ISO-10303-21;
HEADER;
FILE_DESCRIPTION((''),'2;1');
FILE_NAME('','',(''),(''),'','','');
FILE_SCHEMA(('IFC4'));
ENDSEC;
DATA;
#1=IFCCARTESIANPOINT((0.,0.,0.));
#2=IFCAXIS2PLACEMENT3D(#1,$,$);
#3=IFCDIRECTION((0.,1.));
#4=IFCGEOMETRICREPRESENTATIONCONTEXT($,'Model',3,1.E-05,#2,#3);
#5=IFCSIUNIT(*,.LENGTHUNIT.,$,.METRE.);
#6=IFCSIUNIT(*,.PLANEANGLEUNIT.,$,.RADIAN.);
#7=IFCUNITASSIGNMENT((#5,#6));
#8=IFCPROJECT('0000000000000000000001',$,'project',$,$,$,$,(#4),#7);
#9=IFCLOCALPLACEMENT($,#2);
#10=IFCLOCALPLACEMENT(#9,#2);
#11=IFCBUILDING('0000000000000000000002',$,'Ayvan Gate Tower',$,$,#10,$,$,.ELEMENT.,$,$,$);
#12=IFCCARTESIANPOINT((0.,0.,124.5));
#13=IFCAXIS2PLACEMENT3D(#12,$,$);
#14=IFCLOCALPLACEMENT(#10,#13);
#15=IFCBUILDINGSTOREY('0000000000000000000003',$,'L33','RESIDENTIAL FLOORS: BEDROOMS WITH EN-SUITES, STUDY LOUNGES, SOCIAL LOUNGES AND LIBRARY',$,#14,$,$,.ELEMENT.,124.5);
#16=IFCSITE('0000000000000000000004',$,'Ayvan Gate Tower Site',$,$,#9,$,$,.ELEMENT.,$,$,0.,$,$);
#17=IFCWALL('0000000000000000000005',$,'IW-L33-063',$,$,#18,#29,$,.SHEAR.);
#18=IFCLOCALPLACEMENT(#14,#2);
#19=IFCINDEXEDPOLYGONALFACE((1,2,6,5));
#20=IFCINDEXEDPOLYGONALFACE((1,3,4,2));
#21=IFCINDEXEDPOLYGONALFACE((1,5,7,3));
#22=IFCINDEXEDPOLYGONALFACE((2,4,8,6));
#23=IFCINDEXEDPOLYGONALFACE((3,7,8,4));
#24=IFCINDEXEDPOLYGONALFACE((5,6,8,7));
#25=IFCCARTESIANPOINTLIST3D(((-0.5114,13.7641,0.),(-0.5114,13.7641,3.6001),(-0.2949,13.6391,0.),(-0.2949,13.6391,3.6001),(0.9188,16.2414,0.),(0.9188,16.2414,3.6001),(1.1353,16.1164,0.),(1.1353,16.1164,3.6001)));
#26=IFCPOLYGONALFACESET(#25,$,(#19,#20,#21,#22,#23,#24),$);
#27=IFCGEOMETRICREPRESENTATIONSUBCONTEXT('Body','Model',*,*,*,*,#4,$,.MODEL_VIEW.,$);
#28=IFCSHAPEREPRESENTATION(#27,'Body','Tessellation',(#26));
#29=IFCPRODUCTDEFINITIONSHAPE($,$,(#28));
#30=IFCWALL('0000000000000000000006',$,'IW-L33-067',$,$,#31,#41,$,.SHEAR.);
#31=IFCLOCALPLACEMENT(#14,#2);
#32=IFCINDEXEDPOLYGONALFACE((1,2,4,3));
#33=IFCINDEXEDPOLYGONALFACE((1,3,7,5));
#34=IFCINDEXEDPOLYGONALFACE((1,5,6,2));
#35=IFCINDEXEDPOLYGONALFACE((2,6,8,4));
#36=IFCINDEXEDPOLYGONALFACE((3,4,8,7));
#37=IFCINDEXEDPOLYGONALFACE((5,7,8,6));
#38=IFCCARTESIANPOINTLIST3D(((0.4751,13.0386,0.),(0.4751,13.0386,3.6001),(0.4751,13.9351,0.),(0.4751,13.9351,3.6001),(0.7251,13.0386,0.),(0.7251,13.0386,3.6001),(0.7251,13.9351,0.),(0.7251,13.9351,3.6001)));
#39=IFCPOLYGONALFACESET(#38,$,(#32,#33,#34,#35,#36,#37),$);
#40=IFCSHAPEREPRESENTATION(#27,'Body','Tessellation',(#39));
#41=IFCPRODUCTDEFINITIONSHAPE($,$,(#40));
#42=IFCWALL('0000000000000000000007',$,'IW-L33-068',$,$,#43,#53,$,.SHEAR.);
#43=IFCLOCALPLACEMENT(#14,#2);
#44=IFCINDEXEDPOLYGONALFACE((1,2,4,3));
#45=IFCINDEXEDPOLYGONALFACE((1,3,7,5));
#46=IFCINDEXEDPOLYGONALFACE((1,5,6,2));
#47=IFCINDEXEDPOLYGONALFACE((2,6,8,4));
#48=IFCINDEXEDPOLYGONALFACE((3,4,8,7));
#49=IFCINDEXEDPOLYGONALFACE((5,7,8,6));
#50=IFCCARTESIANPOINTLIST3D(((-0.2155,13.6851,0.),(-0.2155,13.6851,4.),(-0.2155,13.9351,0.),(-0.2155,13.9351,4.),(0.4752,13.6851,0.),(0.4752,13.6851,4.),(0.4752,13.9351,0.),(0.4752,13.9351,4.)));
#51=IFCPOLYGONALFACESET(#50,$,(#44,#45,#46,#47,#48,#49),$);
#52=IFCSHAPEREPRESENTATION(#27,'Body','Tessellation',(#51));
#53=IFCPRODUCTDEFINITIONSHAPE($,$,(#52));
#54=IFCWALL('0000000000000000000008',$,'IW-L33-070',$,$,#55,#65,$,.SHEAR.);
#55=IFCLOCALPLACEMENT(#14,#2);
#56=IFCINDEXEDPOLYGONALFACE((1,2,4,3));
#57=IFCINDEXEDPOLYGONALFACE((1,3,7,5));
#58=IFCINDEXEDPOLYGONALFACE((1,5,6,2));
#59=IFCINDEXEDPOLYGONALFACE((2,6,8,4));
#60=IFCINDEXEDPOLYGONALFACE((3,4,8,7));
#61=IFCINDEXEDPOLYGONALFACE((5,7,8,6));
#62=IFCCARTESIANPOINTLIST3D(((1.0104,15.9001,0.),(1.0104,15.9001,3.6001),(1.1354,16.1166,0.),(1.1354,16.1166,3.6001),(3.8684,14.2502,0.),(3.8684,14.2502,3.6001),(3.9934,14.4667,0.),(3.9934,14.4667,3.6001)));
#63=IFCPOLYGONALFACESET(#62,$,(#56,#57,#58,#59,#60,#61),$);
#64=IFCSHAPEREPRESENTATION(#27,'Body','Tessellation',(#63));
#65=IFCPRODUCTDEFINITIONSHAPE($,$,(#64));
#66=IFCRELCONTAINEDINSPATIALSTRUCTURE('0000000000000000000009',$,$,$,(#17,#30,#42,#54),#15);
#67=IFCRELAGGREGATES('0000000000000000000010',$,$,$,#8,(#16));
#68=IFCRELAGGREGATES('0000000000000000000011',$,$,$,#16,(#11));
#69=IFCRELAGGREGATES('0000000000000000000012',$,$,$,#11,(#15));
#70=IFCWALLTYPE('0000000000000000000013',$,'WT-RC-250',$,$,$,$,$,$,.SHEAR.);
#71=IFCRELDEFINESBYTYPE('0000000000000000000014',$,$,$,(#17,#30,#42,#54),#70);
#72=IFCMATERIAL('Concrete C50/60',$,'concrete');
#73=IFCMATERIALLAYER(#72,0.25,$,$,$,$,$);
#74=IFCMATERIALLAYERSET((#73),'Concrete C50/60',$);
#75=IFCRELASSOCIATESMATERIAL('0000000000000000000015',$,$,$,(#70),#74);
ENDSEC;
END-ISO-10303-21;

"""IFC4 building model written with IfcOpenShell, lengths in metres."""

from ifc_helpers import new_model, si_unit, direction, frame, frame_2d, origin, place, context, subcontext, project, spatial, rectangle, extrude, material, layer, layer_set, type_object, element, save


model = new_model("IFC4")

# Units and contexts
model_context = context("Model", 3, precision=1e-05, world=origin(), true_north=direction((0.0, 1.0)))
body_context = subcontext(model_context, "Body", "Model", "MODEL_VIEW")
ifc_project = project(units=[si_unit("LENGTHUNIT", "METRE"), si_unit("PLANEANGLEUNIT", "RADIAN")], contexts=[model_context])

# Site, building, storey
site_placement = place(None, origin())
site = spatial("IfcSite", under=ifc_project, at=site_placement, Name="Ayvan Gate Tower Site", CompositionType="ELEMENT", RefElevation=0.0)
building_placement = place(site_placement, origin())
building = spatial("IfcBuilding", under=site, at=building_placement, Name="Ayvan Gate Tower", CompositionType="ELEMENT")
storey_placement = place(building_placement, frame((0.0, 0.0, 124.5)))
storey = spatial("IfcBuildingStorey", under=building, at=storey_placement, Name="L33", Description="RESIDENTIAL FLOORS: BEDROOMS WITH EN-SUITES, STUDY LOUNGES, SOCIAL LOUNGES AND LIBRARY", CompositionType="ELEMENT", Elevation=124.5)

# Walls
ifc_material_1 = material(Name="Concrete C50/60", Category="concrete")
ifc_layer_1 = layer(ifc_material_1, 0.25)
ifc_layer_set_1 = layer_set([ifc_layer_1], Name="Concrete C50/60")
wall_type_1 = type_object("IfcWallType", Name="WT-RC-250", PredefinedType="SHEAR", material=ifc_layer_set_1)
wall_1_placement = place(storey_placement, frame((-0.4031, 13.7017, 0.0), z_axis=(0.0, 0.0, 1.0), x_axis=(0.499976, 0.866039, 0.0)))
element("IfcWall", 1, at=wall_1_placement, inside=storey, type_object=wall_type_1, Name="IW-L33-063", PredefinedType="SHEAR", context=body_context, shape_type="SweptSolid", body=[
    extrude(rectangle(XDim=2.8606, YDim=0.25, at=frame_2d((1.4302, 0.0))), origin(), (0.0, 0.0, 1.0), 3.6001),
])
wall_2_placement = place(storey_placement, frame((0.6001, 13.0386, 0.0), z_axis=(0.0, 0.0, 1.0), x_axis=(0.0, 1.0, 0.0)))
element("IfcWall", 2, at=wall_2_placement, inside=storey, type_object=wall_type_1, Name="IW-L33-067", PredefinedType="SHEAR", context=body_context, shape_type="SweptSolid", body=[
    extrude(rectangle(XDim=0.8965, YDim=0.25, at=frame_2d((0.4482, 0.0))), origin(), (0.0, 0.0, 1.0), 3.6001),
])
wall_3_placement = place(storey_placement, frame((0.4751, 13.8101, 0.0), z_axis=(0.0, 0.0, 1.0), x_axis=(-1.0, 0.0, 0.0)))
element("IfcWall", 3, at=wall_3_placement, inside=storey, type_object=wall_type_1, Name="IW-L33-068", PredefinedType="SHEAR", context=body_context, shape_type="SweptSolid", body=[
    extrude(rectangle(XDim=0.6907, YDim=0.25, at=frame_2d((0.3452, 0.0))), origin(), (0.0, 0.0, 1.0), 4.0),
])
wall_4_placement = place(storey_placement, frame((1.073, 16.0083, 0.0), z_axis=(0.0, 0.0, 1.0), x_axis=(0.86604, -0.499974, 0.0)))
element("IfcWall", 4, at=wall_4_placement, inside=storey, type_object=wall_type_1, Name="IW-L33-070", PredefinedType="SHEAR", context=body_context, shape_type="SweptSolid", body=[
    extrude(rectangle(XDim=3.3, YDim=0.25, at=frame_2d((1.6499, 0.0))), origin(), (0.0, 0.0, 1.0), 3.6001),
])

save(model, "model.ifc")
